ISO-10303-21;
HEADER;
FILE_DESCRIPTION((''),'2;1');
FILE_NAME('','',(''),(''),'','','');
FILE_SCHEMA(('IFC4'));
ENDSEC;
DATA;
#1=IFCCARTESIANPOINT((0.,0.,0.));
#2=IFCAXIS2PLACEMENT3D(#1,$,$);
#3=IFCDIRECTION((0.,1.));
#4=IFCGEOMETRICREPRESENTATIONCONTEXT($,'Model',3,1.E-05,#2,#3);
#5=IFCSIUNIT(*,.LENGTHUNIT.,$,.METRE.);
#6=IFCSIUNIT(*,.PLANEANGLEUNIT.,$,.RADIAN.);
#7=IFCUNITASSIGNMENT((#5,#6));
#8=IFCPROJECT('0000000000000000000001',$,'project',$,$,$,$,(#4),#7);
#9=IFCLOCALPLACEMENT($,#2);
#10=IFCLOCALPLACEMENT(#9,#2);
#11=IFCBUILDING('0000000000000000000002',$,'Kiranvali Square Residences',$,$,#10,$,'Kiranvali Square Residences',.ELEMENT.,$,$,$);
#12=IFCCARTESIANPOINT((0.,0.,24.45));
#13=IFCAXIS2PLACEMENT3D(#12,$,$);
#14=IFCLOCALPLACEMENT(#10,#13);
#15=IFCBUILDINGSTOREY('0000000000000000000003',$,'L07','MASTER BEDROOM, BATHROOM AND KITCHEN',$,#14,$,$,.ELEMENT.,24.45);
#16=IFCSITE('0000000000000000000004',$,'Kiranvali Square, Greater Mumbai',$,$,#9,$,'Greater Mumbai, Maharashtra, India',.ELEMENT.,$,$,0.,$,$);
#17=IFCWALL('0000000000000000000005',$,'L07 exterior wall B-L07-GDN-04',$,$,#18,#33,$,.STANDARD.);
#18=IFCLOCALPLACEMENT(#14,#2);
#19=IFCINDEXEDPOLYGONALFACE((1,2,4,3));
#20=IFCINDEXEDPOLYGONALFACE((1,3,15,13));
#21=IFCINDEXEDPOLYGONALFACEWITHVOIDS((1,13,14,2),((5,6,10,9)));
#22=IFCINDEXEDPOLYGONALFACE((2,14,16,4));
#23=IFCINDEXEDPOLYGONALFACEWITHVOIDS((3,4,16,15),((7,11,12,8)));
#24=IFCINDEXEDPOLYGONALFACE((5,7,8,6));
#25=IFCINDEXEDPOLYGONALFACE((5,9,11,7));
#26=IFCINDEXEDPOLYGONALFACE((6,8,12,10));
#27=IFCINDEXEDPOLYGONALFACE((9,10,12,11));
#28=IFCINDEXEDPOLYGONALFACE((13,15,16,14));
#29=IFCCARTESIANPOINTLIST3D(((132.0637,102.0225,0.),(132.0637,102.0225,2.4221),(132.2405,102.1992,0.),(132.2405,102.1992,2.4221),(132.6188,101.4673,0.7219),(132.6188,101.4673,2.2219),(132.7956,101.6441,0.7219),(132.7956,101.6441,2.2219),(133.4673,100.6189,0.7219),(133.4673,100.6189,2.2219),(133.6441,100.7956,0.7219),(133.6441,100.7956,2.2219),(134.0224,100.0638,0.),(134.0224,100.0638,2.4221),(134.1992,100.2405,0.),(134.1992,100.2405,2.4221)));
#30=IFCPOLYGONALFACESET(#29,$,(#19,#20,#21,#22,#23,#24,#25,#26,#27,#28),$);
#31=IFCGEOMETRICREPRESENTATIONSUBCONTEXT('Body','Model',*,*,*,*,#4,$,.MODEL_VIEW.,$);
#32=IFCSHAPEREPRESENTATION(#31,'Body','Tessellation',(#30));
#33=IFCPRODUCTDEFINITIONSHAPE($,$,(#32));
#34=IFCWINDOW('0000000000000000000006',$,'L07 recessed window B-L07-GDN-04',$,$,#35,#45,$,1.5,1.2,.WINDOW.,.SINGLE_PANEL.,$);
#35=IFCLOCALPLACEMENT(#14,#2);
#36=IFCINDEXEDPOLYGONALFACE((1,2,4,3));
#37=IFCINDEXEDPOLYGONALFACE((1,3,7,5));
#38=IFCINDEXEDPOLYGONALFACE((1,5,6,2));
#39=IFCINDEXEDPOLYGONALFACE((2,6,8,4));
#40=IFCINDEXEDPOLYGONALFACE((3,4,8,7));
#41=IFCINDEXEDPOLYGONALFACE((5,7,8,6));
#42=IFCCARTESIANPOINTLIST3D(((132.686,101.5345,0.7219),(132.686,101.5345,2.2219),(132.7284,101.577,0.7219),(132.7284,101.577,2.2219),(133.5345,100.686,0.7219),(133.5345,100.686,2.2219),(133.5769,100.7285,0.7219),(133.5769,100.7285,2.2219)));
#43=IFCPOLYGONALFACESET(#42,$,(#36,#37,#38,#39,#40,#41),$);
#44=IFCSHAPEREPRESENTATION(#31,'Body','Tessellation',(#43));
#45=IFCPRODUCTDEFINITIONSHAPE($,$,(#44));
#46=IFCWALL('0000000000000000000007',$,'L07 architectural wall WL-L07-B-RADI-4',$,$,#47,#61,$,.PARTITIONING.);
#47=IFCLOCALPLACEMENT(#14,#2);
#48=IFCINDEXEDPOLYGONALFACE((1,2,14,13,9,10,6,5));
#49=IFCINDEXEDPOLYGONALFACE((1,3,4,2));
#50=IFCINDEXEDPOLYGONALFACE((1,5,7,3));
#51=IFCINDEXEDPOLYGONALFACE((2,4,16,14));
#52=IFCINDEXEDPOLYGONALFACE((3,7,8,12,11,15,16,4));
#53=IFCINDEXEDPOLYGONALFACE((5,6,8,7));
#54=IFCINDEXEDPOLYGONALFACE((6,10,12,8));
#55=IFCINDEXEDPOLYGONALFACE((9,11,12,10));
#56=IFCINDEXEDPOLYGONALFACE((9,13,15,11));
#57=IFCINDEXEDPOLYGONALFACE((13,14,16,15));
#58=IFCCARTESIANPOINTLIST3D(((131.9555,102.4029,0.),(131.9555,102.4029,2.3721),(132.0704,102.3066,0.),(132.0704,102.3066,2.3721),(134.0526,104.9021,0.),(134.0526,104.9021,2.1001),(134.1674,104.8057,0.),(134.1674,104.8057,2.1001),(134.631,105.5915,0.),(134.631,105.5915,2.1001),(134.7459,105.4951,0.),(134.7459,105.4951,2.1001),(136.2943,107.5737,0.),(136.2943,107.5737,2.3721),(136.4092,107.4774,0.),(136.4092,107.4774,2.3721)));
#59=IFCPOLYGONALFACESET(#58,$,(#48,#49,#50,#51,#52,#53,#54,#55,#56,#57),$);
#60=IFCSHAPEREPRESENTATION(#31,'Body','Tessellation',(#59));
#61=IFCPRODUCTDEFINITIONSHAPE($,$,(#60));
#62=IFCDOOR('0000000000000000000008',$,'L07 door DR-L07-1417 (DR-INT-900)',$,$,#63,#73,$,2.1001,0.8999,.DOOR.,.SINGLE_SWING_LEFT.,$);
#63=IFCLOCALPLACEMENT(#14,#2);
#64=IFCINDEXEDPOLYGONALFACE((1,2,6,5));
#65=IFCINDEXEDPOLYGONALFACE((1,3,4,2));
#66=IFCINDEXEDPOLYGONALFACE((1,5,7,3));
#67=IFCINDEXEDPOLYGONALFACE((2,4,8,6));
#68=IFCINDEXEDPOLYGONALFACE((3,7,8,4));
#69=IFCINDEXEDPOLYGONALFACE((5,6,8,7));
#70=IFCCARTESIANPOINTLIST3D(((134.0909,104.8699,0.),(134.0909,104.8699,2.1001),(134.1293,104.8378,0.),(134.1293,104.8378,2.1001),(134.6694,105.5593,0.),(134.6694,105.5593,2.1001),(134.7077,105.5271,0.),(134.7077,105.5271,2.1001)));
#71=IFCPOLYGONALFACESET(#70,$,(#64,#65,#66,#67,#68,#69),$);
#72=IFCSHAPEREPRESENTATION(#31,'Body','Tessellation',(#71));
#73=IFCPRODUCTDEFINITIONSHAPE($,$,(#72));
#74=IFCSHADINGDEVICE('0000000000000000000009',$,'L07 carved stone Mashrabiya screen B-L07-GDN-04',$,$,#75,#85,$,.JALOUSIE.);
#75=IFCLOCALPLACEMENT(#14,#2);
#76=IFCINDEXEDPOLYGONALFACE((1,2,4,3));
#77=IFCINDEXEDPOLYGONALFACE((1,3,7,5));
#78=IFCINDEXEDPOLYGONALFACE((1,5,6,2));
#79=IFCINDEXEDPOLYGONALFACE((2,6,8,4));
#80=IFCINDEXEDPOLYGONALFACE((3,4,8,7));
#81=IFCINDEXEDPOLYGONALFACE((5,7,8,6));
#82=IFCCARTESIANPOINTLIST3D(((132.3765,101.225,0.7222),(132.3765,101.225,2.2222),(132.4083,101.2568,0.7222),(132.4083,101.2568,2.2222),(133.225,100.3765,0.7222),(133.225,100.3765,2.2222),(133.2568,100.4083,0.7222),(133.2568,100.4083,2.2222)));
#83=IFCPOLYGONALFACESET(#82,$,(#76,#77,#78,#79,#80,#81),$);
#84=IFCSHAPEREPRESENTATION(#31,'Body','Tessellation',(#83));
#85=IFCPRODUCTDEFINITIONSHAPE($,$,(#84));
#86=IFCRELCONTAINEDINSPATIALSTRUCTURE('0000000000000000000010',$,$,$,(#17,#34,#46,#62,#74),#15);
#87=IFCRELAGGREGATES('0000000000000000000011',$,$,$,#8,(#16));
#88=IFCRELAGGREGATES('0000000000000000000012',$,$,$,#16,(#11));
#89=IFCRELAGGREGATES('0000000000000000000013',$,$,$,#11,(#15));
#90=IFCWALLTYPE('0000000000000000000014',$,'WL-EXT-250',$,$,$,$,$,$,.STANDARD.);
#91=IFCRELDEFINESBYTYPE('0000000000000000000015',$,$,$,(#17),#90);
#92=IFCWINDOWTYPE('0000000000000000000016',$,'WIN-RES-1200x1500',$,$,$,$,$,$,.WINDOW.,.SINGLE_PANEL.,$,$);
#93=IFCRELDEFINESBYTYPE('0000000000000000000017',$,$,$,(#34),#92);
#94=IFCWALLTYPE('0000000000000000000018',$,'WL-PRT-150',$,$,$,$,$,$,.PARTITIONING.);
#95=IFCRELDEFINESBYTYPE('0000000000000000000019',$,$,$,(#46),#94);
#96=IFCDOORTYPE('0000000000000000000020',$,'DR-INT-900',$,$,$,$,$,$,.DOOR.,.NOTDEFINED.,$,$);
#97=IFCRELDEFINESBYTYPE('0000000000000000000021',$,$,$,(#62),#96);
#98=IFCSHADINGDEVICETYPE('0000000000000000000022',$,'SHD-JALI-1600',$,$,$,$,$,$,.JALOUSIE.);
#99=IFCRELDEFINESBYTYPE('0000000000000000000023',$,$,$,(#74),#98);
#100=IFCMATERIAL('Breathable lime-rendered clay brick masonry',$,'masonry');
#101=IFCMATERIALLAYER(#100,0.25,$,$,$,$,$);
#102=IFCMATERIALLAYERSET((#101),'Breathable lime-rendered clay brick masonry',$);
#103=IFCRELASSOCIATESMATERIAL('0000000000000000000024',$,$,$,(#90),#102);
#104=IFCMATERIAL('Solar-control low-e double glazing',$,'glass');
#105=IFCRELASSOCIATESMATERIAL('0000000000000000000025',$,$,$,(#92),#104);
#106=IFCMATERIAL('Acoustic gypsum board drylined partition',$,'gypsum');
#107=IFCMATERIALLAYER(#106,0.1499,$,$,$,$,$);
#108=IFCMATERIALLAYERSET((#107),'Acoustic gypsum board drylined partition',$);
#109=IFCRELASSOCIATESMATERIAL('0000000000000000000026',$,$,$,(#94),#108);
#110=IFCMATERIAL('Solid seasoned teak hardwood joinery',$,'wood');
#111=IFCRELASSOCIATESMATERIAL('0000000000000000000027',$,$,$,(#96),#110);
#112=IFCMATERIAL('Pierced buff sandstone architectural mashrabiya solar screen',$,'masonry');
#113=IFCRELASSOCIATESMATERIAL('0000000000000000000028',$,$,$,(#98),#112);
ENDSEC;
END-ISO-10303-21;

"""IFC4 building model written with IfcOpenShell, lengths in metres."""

from ifc_helpers import new_model, si_unit, direction, frame, frame_2d, origin, origin_2d, place, context, subcontext, project, spatial, rectangle, extrude, material, layer, layer_set, type_object, element, fill, save


model = new_model("IFC4")

# Units and contexts
model_context = context("Model", 3, precision=1e-05, world=origin(), true_north=direction((0.0, 1.0)))
body_context = subcontext(model_context, "Body", "Model", "MODEL_VIEW")
ifc_project = project(units=[si_unit("LENGTHUNIT", "METRE"), si_unit("PLANEANGLEUNIT", "RADIAN")], contexts=[model_context])

# Site, building, storey
site_placement = place(None, origin())
site = spatial("IfcSite", under=ifc_project, at=site_placement, Name="Kiranvali Square, Greater Mumbai", LongName="Greater Mumbai, Maharashtra, India", CompositionType="ELEMENT", RefElevation=0.0)
building_placement = place(site_placement, origin())
building = spatial("IfcBuilding", under=site, at=building_placement, Name="Kiranvali Square Residences", LongName="Kiranvali Square Residences", CompositionType="ELEMENT")
storey_placement = place(building_placement, frame((0.0, 0.0, 24.45)))
storey = spatial("IfcBuildingStorey", under=building, at=storey_placement, Name="L07", Description="MASTER BEDROOM, BATHROOM AND KITCHEN", CompositionType="ELEMENT", Elevation=24.45)

# Wall, opening, window
ifc_material_1 = material(Name="Breathable lime-rendered clay brick masonry", Category="masonry")
ifc_layer_1 = layer(ifc_material_1, 0.25)
ifc_layer_set_1 = layer_set([ifc_layer_1], Name="Breathable lime-rendered clay brick masonry")
wall_type_1 = type_object("IfcWallType", Name="WL-EXT-250", PredefinedType="STANDARD", material=ifc_layer_set_1)
ifc_material_2 = material(Name="Solar-control low-e double glazing", Category="glass")
wall_1_placement = place(storey_placement, frame((132.1521, 102.1108, 0.0), z_axis=(0.0, 0.0, 1.0), x_axis=(0.707107, -0.707107, 0.0)))
wall_1 = element("IfcWall", 1, at=wall_1_placement, inside=storey, type_object=wall_type_1, Name="L07 exterior wall B-L07-GDN-04", PredefinedType="STANDARD", context=body_context, shape_type="SweptSolid", body=[
    extrude(rectangle(XDim=2.77, YDim=0.25, at=frame_2d((1.385, 0.0))), origin(), (0.0, 0.0, 1.0), 2.4221),
])
opening_1_placement = place(wall_1_placement, frame((0.7849, 0.0, 0.7219)))
opening_1 = element("IfcOpeningElement", 2, at=opening_1_placement, cuts=wall_1, PredefinedType="OPENING", context=body_context, shape_type="SweptSolid", body=[
    extrude(rectangle(XDim=1.2, YDim=1.5, at=frame_2d((0.6001, 0.75))), frame((0.0, 0.135, 0.0), z_axis=(0.0, -1.0, 0.0), x_axis=(1.0, 0.0, 0.0)), (0.0, 0.0, 1.0), 0.27),
])
window_type_1 = type_object("IfcWindowType", Name="WIN-RES-1200x1500", PartitioningType="SINGLE_PANEL", PredefinedType="WINDOW", material=ifc_material_2)
window_1_placement = place(opening_1_placement, origin())
window_1 = element("IfcWindow", 3, at=window_1_placement, inside=storey, type_object=window_type_1, Name="L07 recessed window B-L07-GDN-04", OverallHeight=1.5, OverallWidth=1.2, PartitioningType="SINGLE_PANEL", PredefinedType="WINDOW", context=body_context, shape_type="SweptSolid", body=[
    extrude(rectangle(XDim=1.2, YDim=1.5, at=frame_2d((0.6001, 0.75))), frame((0.0, 0.03, 0.0), z_axis=(0.0, -1.0, 0.0), x_axis=(1.0, 0.0, 0.0)), (0.0, 0.0, 1.0), 0.0601),
])
fill(opening_1, window_1)

# Wall, opening, door
ifc_material_3 = material(Name="Acoustic gypsum board drylined partition", Category="gypsum")
ifc_layer_2 = layer(ifc_material_3, 0.1499)
ifc_layer_set_2 = layer_set([ifc_layer_2], Name="Acoustic gypsum board drylined partition")
wall_type_2 = type_object("IfcWallType", Name="WL-PRT-150", PredefinedType="PARTITIONING", material=ifc_layer_set_2)
wall_2_placement = place(storey_placement, frame((132.0129, 102.3547, 0.0), z_axis=(0.0, 0.0, 1.0), x_axis=(0.642785, 0.766047, 0.0)))
wall_2 = element("IfcWall", 4, at=wall_2_placement, inside=storey, type_object=wall_type_2, Name="L07 architectural wall WL-L07-B-RADI-4", PredefinedType="PARTITIONING", context=body_context, shape_type="SweptSolid", body=[
    extrude(rectangle(XDim=6.75, YDim=0.1499, at=frame_2d((3.375, 0.0))), origin(), (0.0, 0.0, 1.0), 2.3721),
])
opening_2_placement = place(wall_2_placement, frame((3.2625, 0.0, 0.0)))
opening_2 = element("IfcOpeningElement", 5, at=opening_2_placement, cuts=wall_2, PredefinedType="OPENING", context=body_context, shape_type="SweptSolid", body=[
    extrude(rectangle(XDim=0.8999, YDim=2.1001, at=frame_2d((0.45, 1.05))), frame((0.0, 0.085, 0.0), z_axis=(0.0, -1.0, 0.0), x_axis=(1.0, 0.0, 0.0)), (0.0, 0.0, 1.0), 0.1699),
])
ifc_material_4 = material(Name="Solid seasoned teak hardwood joinery", Category="wood")
door_type_1 = type_object("IfcDoorType", Name="DR-INT-900", OperationType="NOTDEFINED", PredefinedType="DOOR", material=ifc_material_4)
door_1_placement = place(opening_2_placement, origin())
door_1 = element("IfcDoor", 6, at=door_1_placement, inside=storey, type_object=door_type_1, Name="L07 door DR-L07-1417 (DR-INT-900)", OperationType="SINGLE_SWING_LEFT", OverallHeight=2.1001, OverallWidth=0.8999, PredefinedType="DOOR", context=body_context, shape_type="SweptSolid", body=[
    extrude(rectangle(XDim=0.8999, YDim=2.1001, at=frame_2d((0.45, 1.05))), frame((0.0, 0.0249, 0.0), z_axis=(0.0, -1.0, 0.0), x_axis=(1.0, 0.0, 0.0)), (0.0, 0.0, 1.0), 0.05),
])
fill(opening_2, door_1)

# Shading device
ifc_material_5 = material(Name="Pierced buff sandstone architectural mashrabiya solar screen", Category="masonry")
shading_device_type = type_object("IfcShadingDeviceType", Name="SHD-JALI-1600", PredefinedType="JALOUSIE", material=ifc_material_5)
shading_device_placement = place(storey_placement, frame((132.8167, 100.8167, 0.7222), z_axis=(0.0, 0.0, 1.0), x_axis=(0.707107, -0.707107, 0.0)))
element("IfcShadingDevice", 7, at=shading_device_placement, inside=storey, type_object=shading_device_type, Name="L07 carved stone Mashrabiya screen B-L07-GDN-04", PredefinedType="JALOUSIE", context=body_context, shape_type="SweptSolid", body=[
    extrude(rectangle(XDim=1.2, YDim=0.0449, at=origin_2d()), origin(), (0.0, 0.0, 1.0), 1.5),
])

save(model, "model.ifc")
